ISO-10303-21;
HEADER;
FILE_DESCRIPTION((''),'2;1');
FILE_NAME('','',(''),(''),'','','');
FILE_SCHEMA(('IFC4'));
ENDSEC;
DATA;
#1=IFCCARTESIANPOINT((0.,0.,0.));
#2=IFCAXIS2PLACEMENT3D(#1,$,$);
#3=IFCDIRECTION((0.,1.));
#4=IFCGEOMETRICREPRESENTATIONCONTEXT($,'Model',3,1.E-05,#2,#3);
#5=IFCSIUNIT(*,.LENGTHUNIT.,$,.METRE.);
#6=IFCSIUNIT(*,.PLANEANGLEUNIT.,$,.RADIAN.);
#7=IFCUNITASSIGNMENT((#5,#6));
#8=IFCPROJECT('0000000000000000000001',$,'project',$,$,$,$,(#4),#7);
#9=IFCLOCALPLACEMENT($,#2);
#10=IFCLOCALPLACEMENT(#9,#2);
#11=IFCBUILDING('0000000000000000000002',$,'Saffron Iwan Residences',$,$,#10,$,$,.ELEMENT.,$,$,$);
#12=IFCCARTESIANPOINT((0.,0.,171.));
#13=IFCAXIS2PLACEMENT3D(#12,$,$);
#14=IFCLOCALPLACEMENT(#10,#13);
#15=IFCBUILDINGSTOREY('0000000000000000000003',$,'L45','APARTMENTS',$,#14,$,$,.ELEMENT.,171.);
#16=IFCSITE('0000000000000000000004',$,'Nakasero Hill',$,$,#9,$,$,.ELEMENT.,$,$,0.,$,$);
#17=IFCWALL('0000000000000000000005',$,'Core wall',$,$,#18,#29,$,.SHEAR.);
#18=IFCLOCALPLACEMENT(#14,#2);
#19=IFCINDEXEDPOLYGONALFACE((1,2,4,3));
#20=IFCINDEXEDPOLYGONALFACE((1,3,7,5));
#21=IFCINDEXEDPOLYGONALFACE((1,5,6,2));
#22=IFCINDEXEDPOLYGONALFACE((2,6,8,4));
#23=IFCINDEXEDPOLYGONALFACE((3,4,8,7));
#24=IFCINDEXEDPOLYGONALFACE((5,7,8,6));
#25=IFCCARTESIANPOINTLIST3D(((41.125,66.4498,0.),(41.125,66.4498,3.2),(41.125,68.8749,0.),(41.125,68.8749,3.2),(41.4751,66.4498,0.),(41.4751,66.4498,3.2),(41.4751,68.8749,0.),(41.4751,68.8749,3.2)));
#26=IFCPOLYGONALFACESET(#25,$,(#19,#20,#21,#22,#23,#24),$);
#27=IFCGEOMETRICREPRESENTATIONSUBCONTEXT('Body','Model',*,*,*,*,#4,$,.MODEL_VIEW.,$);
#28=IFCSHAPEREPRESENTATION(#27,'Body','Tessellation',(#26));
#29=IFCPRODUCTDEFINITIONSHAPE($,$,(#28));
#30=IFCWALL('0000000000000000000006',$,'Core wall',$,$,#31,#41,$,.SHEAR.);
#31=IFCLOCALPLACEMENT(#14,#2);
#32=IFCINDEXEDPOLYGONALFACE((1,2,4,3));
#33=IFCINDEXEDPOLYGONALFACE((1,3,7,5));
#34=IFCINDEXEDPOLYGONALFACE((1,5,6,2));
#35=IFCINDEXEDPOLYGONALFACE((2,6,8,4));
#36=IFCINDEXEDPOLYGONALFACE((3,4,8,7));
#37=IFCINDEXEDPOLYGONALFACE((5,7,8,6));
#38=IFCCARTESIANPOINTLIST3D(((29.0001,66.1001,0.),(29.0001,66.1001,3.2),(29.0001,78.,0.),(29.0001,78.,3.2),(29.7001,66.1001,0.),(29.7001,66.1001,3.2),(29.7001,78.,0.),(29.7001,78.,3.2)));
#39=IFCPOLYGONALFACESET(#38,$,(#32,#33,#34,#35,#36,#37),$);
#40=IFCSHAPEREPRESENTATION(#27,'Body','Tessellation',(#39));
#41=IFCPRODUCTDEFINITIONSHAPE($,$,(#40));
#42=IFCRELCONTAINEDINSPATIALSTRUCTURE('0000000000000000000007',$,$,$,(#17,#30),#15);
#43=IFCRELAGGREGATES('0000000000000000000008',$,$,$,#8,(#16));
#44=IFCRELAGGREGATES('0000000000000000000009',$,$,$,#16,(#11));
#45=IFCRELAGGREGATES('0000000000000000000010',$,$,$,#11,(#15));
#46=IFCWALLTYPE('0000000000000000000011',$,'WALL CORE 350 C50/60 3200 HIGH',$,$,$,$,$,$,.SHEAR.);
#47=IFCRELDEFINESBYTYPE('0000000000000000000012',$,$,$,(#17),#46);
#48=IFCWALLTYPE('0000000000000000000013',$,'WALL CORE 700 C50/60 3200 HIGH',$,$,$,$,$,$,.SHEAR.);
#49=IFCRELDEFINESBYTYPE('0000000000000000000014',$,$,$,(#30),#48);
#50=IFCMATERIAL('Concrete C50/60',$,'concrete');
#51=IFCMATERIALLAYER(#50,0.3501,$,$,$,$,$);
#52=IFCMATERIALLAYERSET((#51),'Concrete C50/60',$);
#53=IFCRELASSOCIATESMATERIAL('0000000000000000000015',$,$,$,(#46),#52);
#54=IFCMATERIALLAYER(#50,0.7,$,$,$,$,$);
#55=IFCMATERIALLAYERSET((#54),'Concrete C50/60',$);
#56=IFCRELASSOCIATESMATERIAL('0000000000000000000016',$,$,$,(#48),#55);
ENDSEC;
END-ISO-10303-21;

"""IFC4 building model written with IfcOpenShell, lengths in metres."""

from ifc_helpers import new_model, si_unit, direction, frame, frame_2d, origin, place, context, subcontext, project, spatial, rectangle, extrude, material, layer, layer_set, type_object, element, save


model = new_model("IFC4")

# Units and contexts
model_context = context("Model", 3, precision=1e-05, world=origin(), true_north=direction((0.0, 1.0)))
body_context = subcontext(model_context, "Body", "Model", "MODEL_VIEW")
ifc_project = project(units=[si_unit("LENGTHUNIT", "METRE"), si_unit("PLANEANGLEUNIT", "RADIAN")], contexts=[model_context])

# Site, building, storey
site_placement = place(None, origin())
site = spatial("IfcSite", under=ifc_project, at=site_placement, Name="Nakasero Hill", CompositionType="ELEMENT", RefElevation=0.0)
building_placement = place(site_placement, origin())
building = spatial("IfcBuilding", under=site, at=building_placement, Name="Saffron Iwan Residences", CompositionType="ELEMENT")
storey_placement = place(building_placement, frame((0.0, 0.0, 171.0)))
storey = spatial("IfcBuildingStorey", under=building, at=storey_placement, Name="L45", Description="APARTMENTS", CompositionType="ELEMENT", Elevation=171.0)

# Shared definitions
ifc_material_1 = material(Name="Concrete C50/60", Category="concrete")

# Shared definitions
ifc_layer_1 = layer(ifc_material_1, 0.3501)
ifc_layer_set_1 = layer_set([ifc_layer_1], Name="Concrete C50/60")
wall_type_1 = type_object("IfcWallType", Name="WALL CORE 350 C50/60 3200 HIGH", PredefinedType="SHEAR", material=ifc_layer_set_1)

# Walls
for number, where, z_axis, x_axis, name in (
    (1, (41.3, 66.45, 0.0), (0.0, 0.0, 1.0), (0.0, 1.0, 0.0), "Core wall"),
):
    element("IfcWall", number, at=place(storey_placement, frame(where, z_axis=z_axis, x_axis=x_axis)), inside=storey, type_object=wall_type_1, Name=name, PredefinedType="SHEAR", context=body_context, shape_type="SweptSolid", body=[
        extrude(rectangle(XDim=2.425, YDim=0.3501, at=frame_2d((1.2124, 0.0))), origin(), (0.0, 0.0, 1.0), 3.2),
    ])
ifc_layer_2 = layer(ifc_material_1, 0.7)
ifc_layer_set_2 = layer_set([ifc_layer_2], Name="Concrete C50/60")
wall_type_2 = type_object("IfcWallType", Name="WALL CORE 700 C50/60 3200 HIGH", PredefinedType="SHEAR", material=ifc_layer_set_2)
wall_1_placement = place(storey_placement, frame((29.3501, 66.1001, 0.0), z_axis=(0.0, 0.0, 1.0), x_axis=(0.0, 1.0, 0.0)))
element("IfcWall", 2, at=wall_1_placement, inside=storey, type_object=wall_type_2, Name="Core wall", PredefinedType="SHEAR", context=body_context, shape_type="SweptSolid", body=[
    extrude(rectangle(XDim=11.8999, YDim=0.7, at=frame_2d((5.95, 0.0))), origin(), (0.0, 0.0, 1.0), 3.2),
])

save(model, "model.ifc")
